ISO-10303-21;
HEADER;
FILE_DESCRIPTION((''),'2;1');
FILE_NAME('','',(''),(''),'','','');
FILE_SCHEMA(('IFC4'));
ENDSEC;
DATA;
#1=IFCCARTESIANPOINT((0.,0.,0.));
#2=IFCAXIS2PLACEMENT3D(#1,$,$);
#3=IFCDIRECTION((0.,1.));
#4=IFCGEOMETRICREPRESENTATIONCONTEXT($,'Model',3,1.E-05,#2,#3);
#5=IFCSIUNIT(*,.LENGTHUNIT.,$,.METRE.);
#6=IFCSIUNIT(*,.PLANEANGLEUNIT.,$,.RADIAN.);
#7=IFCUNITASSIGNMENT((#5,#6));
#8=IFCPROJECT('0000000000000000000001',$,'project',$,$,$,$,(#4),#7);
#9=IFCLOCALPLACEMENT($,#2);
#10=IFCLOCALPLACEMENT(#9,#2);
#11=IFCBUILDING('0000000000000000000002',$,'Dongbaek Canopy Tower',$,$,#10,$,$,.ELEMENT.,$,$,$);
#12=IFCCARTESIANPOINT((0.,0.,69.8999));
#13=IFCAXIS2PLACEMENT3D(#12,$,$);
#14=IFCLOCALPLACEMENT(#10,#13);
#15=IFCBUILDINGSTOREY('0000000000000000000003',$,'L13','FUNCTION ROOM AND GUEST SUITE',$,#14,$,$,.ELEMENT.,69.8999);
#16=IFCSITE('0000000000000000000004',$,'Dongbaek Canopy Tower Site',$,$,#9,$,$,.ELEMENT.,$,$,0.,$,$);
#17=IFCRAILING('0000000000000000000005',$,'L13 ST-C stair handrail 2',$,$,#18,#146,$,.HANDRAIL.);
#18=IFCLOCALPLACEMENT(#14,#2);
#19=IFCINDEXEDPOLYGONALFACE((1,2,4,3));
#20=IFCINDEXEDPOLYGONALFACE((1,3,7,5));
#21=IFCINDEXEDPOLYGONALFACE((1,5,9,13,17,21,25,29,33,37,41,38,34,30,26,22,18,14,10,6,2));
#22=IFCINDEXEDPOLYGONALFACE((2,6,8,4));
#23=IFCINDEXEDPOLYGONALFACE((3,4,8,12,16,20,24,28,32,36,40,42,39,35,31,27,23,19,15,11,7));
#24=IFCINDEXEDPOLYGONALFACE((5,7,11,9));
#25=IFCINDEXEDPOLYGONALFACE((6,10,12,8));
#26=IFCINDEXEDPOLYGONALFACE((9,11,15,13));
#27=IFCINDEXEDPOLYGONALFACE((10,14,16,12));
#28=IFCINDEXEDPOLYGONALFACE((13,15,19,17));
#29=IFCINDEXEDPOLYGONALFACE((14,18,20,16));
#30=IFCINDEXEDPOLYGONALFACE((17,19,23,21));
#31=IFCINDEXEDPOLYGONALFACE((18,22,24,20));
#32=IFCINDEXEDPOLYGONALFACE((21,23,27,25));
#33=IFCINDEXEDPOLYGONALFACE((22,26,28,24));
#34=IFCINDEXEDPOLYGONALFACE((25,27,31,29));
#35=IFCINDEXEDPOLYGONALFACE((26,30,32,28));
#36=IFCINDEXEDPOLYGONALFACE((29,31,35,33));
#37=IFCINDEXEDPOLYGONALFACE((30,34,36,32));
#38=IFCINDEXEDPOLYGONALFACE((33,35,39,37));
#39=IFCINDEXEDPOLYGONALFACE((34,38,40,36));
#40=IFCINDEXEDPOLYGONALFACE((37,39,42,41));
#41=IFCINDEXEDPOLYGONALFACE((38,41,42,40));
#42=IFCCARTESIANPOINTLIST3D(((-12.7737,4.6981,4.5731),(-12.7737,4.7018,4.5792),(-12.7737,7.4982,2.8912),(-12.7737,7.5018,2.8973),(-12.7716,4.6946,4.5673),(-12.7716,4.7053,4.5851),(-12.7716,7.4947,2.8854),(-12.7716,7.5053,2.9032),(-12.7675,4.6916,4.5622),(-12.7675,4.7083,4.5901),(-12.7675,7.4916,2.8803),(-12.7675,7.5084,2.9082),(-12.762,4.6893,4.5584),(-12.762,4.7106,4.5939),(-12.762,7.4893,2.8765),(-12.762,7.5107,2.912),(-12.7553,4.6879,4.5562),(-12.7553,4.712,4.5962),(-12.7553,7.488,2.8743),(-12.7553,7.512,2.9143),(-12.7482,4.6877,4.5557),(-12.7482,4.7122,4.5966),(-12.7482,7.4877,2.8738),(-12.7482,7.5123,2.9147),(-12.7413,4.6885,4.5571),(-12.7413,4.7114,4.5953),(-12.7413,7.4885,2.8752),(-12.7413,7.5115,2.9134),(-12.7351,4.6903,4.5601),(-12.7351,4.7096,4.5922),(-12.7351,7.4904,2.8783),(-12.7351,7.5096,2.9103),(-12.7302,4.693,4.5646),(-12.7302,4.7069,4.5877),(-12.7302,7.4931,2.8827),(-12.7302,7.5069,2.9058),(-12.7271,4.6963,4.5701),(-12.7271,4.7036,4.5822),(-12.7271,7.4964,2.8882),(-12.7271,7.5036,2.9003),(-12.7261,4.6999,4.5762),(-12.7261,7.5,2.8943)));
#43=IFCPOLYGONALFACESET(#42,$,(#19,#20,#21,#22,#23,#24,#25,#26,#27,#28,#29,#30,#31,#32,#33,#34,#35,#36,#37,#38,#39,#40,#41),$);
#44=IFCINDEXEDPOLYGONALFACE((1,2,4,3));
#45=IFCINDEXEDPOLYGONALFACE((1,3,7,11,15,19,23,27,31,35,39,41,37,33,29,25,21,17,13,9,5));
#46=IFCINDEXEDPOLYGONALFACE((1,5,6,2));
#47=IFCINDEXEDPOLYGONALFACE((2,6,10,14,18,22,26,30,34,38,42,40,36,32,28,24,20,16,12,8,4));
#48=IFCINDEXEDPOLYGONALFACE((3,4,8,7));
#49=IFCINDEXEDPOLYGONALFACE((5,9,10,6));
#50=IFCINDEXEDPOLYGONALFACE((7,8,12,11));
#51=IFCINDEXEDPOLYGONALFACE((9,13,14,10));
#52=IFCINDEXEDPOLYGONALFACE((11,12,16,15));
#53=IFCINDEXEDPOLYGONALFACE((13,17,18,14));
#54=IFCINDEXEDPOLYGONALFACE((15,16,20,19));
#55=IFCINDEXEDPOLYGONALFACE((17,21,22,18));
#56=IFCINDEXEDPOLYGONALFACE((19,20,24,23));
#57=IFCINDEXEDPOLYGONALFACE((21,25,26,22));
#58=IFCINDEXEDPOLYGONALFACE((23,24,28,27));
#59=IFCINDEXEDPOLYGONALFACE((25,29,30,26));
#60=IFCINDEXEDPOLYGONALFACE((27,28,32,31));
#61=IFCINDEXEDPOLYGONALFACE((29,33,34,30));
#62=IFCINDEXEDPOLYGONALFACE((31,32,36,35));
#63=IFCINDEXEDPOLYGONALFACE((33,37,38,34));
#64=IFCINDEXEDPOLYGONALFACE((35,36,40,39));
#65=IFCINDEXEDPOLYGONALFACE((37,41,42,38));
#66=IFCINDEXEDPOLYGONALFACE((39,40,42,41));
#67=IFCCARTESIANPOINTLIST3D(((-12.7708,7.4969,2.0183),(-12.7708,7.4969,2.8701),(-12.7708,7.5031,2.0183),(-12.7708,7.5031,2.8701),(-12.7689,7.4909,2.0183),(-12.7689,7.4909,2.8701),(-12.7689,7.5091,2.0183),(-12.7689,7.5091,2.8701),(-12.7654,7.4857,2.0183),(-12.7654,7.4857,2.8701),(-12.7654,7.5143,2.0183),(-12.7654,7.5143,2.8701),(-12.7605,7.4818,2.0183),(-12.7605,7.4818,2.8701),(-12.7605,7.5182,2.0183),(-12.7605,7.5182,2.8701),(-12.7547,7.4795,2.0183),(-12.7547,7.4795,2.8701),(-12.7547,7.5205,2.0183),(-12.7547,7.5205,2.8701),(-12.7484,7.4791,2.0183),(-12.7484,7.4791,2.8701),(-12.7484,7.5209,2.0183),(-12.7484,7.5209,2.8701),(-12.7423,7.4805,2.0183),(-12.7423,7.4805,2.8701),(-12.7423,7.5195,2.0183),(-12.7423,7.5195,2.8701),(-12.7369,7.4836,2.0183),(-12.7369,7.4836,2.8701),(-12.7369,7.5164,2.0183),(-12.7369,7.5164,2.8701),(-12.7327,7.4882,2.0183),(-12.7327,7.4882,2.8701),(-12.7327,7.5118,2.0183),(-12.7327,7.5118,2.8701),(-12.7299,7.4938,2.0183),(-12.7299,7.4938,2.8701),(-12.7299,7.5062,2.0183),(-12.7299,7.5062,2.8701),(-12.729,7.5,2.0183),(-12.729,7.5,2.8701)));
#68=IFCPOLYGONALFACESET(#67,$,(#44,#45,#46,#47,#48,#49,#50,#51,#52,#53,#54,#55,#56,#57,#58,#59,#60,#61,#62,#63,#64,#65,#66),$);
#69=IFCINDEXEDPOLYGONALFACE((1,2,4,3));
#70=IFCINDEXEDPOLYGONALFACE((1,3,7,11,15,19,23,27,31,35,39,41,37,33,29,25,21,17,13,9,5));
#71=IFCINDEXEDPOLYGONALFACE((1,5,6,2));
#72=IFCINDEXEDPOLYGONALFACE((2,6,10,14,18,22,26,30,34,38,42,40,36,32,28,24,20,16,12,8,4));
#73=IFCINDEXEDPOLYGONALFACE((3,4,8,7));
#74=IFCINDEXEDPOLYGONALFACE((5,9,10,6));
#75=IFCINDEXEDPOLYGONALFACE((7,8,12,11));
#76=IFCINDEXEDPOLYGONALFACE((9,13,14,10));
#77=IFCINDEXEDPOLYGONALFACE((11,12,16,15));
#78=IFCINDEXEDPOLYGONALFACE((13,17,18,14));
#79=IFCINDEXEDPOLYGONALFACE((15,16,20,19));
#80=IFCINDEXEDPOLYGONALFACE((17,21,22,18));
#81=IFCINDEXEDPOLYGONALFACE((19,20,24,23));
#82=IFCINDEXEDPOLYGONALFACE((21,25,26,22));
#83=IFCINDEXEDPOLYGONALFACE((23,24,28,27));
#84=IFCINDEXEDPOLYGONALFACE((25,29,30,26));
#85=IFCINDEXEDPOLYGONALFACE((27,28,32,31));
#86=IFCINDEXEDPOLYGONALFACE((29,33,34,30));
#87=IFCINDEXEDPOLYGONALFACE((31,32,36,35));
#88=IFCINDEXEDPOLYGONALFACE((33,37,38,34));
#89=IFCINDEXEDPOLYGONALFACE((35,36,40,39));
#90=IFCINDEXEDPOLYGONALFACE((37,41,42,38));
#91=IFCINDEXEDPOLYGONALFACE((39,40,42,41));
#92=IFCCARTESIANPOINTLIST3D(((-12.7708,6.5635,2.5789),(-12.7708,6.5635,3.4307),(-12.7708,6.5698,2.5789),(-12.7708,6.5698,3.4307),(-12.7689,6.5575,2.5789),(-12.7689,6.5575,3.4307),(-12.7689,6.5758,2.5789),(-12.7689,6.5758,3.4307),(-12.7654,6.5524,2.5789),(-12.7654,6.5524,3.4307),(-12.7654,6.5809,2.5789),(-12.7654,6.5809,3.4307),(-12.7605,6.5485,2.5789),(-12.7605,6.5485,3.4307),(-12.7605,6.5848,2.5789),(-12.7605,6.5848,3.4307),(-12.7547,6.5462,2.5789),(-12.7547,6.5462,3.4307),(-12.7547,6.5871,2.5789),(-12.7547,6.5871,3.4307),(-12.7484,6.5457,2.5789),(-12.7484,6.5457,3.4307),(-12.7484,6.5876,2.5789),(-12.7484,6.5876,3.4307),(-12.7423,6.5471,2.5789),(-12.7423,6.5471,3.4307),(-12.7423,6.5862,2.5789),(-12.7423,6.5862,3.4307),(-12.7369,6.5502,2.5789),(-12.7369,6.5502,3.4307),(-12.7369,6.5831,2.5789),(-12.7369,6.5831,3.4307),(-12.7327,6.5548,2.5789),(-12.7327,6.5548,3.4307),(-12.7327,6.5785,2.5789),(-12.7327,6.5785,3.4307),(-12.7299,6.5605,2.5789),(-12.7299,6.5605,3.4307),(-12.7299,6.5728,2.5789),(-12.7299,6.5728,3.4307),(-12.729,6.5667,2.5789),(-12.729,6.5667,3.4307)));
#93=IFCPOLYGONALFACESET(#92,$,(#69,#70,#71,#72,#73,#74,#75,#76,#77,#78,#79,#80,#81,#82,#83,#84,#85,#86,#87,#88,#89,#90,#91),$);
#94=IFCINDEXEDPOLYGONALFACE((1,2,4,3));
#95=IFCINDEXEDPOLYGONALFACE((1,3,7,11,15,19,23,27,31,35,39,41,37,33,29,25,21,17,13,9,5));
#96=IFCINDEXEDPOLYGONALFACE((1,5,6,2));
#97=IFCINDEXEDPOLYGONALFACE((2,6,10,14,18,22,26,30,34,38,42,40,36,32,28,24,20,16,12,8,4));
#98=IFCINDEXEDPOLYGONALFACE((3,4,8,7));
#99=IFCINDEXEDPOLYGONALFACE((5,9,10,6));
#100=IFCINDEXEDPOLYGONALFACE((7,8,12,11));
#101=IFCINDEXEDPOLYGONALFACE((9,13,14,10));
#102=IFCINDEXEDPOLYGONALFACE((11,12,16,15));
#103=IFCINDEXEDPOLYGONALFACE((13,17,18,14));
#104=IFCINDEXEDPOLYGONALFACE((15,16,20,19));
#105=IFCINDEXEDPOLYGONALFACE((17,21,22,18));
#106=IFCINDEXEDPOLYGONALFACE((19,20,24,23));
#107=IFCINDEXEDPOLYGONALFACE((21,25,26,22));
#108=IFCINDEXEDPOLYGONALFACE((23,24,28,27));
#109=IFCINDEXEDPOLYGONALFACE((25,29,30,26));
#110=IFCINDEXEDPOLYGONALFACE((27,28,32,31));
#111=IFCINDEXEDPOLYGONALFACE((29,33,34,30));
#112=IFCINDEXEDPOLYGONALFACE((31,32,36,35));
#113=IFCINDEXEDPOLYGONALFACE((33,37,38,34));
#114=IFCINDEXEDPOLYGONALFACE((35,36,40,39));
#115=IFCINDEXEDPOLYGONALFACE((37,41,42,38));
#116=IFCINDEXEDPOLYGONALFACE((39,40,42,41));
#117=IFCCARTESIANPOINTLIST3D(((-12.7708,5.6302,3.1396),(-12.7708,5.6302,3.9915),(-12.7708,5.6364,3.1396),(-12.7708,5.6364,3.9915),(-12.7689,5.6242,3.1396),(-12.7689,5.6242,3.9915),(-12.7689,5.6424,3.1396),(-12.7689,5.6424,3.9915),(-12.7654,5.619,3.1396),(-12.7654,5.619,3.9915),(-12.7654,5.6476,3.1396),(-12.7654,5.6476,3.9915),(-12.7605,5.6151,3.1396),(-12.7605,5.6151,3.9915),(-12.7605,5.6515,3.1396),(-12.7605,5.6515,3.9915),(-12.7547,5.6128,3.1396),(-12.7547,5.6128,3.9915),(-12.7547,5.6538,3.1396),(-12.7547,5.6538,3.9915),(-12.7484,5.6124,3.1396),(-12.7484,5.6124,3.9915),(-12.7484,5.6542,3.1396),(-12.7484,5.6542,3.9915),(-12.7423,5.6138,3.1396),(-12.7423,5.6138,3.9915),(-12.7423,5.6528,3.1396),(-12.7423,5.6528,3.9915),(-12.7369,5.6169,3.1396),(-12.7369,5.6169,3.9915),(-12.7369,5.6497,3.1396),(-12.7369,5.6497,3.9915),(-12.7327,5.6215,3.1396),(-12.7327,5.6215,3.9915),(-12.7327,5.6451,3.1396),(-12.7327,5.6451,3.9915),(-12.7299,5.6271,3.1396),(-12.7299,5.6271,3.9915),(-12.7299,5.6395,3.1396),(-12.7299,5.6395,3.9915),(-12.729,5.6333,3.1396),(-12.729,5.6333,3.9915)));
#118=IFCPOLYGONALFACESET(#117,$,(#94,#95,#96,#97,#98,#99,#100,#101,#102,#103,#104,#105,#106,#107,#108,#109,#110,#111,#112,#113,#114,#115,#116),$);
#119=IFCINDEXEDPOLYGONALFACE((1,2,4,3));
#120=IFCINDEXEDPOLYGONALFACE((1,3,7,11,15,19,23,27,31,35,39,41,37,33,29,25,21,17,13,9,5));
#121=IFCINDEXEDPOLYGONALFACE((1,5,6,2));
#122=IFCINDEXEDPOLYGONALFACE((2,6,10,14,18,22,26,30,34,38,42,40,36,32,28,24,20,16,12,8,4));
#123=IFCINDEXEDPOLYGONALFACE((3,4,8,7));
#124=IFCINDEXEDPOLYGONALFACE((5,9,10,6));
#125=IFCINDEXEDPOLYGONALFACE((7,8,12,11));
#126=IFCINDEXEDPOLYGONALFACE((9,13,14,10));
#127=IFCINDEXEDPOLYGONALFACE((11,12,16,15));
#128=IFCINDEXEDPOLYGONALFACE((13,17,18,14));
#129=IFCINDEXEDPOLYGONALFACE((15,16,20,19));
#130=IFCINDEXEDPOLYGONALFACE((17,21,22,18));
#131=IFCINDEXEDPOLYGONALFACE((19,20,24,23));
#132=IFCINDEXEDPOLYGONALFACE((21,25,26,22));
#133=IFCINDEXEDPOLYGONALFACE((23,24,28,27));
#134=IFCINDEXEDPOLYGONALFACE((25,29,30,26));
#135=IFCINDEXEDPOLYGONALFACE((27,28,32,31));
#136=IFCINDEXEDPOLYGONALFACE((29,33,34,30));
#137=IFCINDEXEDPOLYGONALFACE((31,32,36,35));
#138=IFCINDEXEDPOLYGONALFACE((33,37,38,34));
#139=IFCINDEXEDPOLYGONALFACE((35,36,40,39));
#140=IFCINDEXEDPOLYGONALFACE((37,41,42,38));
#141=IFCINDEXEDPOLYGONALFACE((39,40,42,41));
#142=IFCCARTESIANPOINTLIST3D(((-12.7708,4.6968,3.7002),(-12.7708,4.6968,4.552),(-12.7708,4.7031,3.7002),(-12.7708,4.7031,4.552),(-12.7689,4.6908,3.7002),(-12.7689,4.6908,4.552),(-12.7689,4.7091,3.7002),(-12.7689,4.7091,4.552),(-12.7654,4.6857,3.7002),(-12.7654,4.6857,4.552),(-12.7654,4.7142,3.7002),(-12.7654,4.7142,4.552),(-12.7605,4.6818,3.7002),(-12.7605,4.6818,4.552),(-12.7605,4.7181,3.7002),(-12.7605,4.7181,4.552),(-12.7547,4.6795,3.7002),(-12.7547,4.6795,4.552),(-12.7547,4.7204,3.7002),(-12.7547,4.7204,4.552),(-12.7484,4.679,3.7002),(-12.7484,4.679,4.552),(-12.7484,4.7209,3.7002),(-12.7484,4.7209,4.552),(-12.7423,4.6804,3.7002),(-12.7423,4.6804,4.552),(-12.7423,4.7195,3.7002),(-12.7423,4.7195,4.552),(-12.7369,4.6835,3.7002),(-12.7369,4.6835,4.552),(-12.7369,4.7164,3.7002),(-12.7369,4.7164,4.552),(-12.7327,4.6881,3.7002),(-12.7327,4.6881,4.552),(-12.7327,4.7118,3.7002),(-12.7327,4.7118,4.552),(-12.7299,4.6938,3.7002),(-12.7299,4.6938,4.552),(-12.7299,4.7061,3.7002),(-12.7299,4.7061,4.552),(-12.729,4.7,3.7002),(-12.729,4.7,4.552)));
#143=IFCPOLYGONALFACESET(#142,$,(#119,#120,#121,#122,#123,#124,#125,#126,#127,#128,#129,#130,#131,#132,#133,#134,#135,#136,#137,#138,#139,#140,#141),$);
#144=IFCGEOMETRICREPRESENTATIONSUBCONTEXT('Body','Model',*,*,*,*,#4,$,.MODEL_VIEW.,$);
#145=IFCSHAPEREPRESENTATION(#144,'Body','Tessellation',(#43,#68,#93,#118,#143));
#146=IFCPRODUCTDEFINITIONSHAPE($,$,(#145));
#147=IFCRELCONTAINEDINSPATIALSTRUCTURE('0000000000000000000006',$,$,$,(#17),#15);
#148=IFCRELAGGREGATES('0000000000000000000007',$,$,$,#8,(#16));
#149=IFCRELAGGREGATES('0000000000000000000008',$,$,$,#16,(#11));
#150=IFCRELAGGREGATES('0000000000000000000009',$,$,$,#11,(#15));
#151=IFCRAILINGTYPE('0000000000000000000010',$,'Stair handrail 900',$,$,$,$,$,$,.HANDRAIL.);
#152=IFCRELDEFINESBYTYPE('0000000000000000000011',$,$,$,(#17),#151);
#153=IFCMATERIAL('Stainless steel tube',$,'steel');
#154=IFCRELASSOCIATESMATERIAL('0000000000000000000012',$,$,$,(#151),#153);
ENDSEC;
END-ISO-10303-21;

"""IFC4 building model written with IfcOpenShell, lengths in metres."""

from ifc_helpers import new_model, si_unit, direction, frame, origin, origin_2d, place, context, subcontext, project, spatial, circle, extrude, material, type_object, element, save


model = new_model("IFC4")

# Units and contexts
model_context = context("Model", 3, precision=1e-05, world=origin(), true_north=direction((0.0, 1.0)))
body_context = subcontext(model_context, "Body", "Model", "MODEL_VIEW")
ifc_project = project(units=[si_unit("LENGTHUNIT", "METRE"), si_unit("PLANEANGLEUNIT", "RADIAN")], contexts=[model_context])

# Site, building, storey
site_placement = place(None, origin())
site = spatial("IfcSite", under=ifc_project, at=site_placement, Name="Dongbaek Canopy Tower Site", CompositionType="ELEMENT", RefElevation=0.0)
building_placement = place(site_placement, origin())
building = spatial("IfcBuilding", under=site, at=building_placement, Name="Dongbaek Canopy Tower", CompositionType="ELEMENT")
storey_placement = place(building_placement, frame((0.0, 0.0, 69.8999)))
storey = spatial("IfcBuildingStorey", under=building, at=storey_placement, Name="L13", Description="FUNCTION ROOM AND GUEST SUITE", CompositionType="ELEMENT", Elevation=69.8999)

# Railing
ifc_material_1 = material(Name="Stainless steel tube", Category="steel")
railing_type_1 = type_object("IfcRailingType", Name="Stair handrail 900", PredefinedType="HANDRAIL", material=ifc_material_1)
railing_1_placement = place(storey_placement, frame((-12.75, 7.5, 2.0183)))
element("IfcRailing", 1, at=railing_1_placement, inside=storey, type_object=railing_type_1, Name="L13 ST-C stair handrail 2", PredefinedType="HANDRAIL", context=body_context, shape_type="SweptSolid", body=[
    extrude(circle(Radius=0.0239, at=origin_2d()), frame((0.0, 0.0, 0.876), z_axis=(0.0, -0.857242, 0.514913), x_axis=(1.0, 0.0, 0.0)), (0.0, 0.0, 1.0), 3.2664),
    extrude(circle(Radius=0.021, at=origin_2d()), origin(), (0.0, 0.0, 1.0), 0.8518),
    extrude(circle(Radius=0.021, at=origin_2d()), frame((0.0, -0.9333, 0.5605)), (0.0, 0.0, 1.0), 0.8518),
    extrude(circle(Radius=0.021, at=origin_2d()), frame((0.0, -1.8667, 1.1213)), (0.0, 0.0, 1.0), 0.8518),
    extrude(circle(Radius=0.021, at=origin_2d()), frame((0.0, -2.8, 1.6819)), (0.0, 0.0, 1.0), 0.8518),
])

save(model, "model.ifc")
